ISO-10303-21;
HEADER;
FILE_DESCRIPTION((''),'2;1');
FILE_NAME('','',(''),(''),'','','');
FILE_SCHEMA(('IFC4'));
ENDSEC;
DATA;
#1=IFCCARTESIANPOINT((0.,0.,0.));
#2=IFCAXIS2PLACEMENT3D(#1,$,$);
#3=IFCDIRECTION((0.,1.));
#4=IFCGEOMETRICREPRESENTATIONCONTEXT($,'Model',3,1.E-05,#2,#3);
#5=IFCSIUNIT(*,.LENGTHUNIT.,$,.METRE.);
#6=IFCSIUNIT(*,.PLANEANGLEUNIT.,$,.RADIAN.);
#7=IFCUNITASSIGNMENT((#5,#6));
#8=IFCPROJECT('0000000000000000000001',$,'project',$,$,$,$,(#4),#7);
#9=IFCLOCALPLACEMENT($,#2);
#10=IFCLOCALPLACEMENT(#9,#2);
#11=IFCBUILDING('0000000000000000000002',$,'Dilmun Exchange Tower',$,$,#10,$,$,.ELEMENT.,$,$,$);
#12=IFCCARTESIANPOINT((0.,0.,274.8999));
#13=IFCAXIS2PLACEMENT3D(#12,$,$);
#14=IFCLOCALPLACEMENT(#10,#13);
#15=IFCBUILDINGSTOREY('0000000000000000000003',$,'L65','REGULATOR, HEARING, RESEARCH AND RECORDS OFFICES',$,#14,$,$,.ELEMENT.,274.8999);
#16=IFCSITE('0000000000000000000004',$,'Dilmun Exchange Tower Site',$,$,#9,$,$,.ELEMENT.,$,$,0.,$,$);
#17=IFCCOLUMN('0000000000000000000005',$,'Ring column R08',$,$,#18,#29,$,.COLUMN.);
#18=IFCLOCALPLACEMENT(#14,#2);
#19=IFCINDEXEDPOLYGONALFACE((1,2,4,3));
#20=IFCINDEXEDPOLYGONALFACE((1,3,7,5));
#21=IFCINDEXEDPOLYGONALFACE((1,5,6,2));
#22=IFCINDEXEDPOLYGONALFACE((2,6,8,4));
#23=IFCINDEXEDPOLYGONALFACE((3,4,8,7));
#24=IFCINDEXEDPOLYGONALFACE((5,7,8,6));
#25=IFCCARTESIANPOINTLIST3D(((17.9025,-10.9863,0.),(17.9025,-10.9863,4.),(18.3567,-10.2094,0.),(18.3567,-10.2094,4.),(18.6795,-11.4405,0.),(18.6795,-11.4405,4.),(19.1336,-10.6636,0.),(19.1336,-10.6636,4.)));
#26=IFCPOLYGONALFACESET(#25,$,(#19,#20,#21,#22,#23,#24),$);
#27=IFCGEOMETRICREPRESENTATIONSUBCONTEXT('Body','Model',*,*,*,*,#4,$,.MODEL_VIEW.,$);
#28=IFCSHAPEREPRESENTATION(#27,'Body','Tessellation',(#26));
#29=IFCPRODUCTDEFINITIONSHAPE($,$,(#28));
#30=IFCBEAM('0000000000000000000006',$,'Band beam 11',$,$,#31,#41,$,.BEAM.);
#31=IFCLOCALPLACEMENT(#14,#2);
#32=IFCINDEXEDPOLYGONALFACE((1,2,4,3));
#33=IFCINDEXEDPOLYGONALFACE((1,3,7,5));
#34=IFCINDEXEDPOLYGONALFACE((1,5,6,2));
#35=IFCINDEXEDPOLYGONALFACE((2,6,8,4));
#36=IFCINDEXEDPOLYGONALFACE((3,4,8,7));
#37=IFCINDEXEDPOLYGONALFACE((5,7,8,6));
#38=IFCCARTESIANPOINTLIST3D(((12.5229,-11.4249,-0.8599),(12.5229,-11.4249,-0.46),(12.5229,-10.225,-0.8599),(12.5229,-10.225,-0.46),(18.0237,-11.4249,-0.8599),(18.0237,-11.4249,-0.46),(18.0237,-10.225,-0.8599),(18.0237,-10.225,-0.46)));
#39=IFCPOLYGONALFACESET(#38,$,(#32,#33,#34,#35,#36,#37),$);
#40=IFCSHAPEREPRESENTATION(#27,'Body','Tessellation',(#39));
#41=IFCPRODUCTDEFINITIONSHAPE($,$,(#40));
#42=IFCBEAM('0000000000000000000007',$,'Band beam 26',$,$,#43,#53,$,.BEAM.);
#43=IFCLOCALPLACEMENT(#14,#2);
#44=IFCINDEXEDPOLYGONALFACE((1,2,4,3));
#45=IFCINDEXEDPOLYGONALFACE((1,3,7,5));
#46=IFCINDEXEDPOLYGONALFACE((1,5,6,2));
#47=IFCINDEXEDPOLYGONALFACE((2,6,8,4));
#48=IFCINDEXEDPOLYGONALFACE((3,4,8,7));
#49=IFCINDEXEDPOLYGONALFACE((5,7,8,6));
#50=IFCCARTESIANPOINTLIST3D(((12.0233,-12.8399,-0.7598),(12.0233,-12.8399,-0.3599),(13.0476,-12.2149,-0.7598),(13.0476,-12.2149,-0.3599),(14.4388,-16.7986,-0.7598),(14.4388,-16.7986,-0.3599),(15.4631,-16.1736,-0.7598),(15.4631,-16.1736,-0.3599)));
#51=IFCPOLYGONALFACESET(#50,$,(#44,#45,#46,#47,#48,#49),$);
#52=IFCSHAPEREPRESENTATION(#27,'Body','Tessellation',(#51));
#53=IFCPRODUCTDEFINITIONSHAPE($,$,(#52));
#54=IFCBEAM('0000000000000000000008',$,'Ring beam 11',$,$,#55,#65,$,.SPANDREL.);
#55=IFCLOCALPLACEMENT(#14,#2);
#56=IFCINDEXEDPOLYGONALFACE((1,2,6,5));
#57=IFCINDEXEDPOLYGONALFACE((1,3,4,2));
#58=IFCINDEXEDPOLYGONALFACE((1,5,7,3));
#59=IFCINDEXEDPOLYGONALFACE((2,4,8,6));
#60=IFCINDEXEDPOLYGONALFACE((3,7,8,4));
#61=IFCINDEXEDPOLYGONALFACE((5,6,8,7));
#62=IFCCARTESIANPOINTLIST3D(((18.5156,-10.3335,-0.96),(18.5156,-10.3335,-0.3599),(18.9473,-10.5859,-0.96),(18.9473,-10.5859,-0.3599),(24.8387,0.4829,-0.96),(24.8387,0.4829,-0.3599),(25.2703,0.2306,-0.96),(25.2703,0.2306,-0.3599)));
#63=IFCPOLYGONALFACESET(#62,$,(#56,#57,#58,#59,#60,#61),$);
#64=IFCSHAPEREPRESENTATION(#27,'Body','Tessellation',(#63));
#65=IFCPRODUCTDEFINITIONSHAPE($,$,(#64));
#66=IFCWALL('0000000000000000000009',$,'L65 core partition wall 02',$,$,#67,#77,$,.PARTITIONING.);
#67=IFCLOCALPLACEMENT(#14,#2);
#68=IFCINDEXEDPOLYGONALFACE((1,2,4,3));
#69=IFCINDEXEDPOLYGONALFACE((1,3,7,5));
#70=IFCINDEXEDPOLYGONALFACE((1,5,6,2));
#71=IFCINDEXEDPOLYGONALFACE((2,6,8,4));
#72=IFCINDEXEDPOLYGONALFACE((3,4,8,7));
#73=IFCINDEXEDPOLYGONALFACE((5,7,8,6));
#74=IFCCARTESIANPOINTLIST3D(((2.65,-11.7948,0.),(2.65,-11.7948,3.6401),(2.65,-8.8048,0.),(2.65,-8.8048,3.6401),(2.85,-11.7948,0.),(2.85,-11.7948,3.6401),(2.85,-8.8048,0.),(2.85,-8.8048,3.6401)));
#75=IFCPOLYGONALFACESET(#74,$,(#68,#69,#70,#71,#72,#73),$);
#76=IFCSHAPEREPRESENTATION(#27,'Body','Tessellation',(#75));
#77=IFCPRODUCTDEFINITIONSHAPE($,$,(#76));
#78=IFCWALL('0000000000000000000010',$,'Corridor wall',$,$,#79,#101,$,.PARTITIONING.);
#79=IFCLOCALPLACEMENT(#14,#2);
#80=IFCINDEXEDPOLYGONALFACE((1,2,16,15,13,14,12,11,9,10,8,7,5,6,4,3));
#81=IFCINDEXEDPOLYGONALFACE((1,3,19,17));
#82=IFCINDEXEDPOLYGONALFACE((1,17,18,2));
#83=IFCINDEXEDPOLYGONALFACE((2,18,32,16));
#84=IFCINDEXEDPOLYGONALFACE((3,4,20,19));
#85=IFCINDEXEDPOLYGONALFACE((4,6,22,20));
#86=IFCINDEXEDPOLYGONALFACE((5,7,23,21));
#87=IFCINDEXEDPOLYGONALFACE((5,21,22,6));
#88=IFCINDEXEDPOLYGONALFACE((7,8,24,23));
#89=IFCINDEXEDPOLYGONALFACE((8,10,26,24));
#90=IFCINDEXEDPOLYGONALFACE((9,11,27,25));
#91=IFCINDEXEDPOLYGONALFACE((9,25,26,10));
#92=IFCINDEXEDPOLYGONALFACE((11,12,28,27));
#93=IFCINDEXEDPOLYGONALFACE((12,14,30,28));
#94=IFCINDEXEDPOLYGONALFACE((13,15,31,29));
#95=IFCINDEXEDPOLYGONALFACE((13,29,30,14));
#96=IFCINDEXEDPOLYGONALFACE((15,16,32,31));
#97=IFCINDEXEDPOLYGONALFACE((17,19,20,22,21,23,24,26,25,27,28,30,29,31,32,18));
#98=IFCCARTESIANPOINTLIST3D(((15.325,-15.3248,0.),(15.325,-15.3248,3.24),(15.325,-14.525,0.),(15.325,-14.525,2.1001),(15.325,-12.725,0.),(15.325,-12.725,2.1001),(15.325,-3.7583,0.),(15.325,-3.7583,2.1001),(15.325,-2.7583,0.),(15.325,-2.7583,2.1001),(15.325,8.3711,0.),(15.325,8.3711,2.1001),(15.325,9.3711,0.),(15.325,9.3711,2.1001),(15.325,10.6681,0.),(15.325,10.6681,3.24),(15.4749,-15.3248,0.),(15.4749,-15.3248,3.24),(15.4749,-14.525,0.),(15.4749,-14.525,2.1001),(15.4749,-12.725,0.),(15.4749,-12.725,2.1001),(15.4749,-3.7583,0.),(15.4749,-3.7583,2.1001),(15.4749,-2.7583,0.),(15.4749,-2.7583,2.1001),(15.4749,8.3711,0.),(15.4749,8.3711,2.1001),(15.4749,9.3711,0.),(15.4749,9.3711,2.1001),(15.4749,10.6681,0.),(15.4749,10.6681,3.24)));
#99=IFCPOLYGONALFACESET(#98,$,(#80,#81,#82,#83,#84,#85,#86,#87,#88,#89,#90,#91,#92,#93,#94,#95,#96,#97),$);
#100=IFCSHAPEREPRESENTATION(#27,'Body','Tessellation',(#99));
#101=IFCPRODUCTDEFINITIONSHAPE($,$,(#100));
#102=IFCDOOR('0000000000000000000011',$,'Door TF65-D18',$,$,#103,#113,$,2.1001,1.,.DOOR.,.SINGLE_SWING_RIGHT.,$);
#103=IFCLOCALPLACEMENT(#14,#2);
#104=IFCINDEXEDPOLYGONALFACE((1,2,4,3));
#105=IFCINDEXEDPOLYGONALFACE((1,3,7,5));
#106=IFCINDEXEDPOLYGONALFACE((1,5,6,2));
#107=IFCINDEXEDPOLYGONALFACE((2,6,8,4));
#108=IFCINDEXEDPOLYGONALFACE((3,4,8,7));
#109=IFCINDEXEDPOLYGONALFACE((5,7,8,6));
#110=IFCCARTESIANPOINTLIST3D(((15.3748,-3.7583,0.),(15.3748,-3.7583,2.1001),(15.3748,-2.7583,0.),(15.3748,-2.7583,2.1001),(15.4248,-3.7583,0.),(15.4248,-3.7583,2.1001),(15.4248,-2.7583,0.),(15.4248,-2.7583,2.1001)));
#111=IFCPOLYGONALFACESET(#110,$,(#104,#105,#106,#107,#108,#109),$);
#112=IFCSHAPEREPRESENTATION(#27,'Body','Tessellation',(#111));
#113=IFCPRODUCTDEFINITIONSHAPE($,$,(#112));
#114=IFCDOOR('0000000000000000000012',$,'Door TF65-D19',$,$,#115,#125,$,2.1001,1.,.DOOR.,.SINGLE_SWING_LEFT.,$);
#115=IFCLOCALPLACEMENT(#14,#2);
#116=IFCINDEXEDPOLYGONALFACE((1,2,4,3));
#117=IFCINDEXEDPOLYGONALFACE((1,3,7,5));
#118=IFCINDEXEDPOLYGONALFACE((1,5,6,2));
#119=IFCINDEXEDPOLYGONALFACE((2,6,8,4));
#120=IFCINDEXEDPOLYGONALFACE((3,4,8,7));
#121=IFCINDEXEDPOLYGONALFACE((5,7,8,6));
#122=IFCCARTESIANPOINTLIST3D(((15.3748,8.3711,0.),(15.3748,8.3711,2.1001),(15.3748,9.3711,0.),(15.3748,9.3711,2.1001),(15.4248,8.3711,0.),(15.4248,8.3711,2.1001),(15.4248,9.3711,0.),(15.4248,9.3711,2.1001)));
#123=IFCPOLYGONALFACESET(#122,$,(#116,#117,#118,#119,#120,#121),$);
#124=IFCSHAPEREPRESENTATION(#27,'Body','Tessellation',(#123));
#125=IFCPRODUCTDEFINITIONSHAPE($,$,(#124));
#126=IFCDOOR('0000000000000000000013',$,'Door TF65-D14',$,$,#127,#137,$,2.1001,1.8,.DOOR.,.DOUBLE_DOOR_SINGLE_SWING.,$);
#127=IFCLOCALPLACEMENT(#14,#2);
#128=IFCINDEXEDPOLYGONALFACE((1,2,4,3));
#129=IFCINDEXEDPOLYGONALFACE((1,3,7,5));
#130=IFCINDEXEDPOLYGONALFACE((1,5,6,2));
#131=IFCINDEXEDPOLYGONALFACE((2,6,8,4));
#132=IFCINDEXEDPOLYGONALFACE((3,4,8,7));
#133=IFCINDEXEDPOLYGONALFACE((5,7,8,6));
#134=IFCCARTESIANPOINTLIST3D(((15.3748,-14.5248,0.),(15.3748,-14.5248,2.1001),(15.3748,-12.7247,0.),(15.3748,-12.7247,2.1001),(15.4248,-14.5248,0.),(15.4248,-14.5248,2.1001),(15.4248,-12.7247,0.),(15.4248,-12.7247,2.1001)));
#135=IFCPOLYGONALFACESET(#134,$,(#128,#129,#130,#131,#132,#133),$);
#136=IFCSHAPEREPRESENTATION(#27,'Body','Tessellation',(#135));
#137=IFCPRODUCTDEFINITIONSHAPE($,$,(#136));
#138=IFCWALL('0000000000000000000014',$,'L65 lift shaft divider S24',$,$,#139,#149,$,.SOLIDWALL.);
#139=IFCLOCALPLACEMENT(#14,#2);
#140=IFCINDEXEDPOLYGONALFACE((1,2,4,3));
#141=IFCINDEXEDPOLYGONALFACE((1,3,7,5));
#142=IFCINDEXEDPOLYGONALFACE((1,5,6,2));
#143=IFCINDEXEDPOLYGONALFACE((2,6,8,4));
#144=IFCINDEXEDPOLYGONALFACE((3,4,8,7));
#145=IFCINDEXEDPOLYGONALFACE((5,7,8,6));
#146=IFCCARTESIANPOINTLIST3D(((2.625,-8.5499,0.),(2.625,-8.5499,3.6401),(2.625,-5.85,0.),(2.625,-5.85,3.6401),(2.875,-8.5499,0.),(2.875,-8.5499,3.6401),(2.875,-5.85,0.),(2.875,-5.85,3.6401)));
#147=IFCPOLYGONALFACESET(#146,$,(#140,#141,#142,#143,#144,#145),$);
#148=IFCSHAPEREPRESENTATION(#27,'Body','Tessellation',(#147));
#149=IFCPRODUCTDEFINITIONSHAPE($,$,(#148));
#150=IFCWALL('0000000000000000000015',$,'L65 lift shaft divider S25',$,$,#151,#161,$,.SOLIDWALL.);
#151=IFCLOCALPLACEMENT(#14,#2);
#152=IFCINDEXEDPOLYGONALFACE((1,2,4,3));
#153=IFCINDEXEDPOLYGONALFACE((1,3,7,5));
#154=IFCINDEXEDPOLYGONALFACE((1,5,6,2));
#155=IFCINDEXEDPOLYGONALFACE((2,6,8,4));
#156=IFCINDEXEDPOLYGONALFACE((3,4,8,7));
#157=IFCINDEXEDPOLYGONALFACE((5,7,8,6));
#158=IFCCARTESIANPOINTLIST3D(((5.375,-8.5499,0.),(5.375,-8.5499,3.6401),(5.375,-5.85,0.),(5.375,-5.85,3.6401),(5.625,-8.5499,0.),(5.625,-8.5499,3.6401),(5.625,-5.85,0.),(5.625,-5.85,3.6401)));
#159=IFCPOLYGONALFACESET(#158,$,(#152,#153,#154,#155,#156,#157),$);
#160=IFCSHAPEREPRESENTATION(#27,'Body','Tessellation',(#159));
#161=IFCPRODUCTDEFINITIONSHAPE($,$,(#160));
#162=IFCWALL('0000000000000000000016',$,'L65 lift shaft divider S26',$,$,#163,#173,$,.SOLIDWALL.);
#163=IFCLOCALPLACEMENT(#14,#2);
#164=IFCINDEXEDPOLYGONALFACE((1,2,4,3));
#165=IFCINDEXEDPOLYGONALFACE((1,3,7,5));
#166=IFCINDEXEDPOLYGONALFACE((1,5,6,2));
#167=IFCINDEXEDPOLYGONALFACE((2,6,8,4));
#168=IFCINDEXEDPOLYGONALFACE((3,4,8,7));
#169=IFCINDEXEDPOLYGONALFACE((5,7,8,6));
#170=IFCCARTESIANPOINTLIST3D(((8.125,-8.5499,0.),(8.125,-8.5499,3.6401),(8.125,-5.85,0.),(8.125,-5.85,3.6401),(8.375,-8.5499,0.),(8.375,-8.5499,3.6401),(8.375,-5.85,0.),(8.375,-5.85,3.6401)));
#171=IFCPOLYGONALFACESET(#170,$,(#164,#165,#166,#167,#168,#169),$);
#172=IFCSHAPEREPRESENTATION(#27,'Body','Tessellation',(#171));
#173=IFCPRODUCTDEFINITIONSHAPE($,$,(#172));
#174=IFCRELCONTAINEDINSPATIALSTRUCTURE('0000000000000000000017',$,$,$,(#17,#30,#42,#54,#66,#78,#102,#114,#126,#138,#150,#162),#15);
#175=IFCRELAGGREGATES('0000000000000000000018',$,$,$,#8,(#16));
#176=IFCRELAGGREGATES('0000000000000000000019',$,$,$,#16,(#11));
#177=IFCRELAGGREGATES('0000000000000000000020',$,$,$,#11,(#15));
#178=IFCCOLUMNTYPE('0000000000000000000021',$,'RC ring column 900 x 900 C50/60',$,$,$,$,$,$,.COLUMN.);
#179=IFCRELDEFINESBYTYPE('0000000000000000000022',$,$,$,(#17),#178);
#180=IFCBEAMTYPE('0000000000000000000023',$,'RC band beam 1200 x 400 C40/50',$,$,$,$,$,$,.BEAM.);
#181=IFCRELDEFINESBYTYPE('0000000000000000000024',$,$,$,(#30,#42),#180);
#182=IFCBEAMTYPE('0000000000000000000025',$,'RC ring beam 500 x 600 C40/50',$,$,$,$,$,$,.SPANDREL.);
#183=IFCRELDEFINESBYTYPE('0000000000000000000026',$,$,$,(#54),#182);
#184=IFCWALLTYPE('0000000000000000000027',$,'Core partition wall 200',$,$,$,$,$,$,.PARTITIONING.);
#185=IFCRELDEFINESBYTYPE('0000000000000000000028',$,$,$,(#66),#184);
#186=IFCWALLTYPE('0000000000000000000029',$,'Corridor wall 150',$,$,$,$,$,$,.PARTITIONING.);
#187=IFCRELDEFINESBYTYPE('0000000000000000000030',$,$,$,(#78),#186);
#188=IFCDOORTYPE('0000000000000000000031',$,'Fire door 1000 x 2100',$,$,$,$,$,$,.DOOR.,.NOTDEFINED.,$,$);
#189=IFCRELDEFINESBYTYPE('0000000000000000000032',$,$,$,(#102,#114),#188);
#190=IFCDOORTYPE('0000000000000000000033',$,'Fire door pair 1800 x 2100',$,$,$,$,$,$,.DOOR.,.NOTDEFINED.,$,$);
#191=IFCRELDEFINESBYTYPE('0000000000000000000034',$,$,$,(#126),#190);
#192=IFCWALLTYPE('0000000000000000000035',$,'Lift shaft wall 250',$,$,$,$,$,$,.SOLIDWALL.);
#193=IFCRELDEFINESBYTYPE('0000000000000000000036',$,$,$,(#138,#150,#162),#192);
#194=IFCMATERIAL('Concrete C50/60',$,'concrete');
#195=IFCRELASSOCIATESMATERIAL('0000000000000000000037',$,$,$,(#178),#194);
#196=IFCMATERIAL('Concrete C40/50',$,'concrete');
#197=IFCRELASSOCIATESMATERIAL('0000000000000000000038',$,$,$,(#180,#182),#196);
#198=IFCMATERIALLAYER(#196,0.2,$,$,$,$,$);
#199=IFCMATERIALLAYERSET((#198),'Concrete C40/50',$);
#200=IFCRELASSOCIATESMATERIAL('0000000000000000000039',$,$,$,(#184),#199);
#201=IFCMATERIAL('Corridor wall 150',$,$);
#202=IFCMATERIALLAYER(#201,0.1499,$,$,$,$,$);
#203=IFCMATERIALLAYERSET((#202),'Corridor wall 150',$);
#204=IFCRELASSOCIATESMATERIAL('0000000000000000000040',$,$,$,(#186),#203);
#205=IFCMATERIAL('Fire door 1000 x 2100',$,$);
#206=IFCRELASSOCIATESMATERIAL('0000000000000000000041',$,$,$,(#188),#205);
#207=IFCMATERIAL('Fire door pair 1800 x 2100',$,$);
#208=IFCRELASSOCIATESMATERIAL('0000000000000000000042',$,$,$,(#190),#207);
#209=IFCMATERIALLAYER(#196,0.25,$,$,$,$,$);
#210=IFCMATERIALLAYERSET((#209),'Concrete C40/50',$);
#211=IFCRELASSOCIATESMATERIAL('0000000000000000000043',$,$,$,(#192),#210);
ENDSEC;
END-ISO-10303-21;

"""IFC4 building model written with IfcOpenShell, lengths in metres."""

from ifc_helpers import new_model, si_unit, direction, frame, frame_2d, origin, origin_2d, place, context, subcontext, project, spatial, rectangle, extrude, material, layer, layer_set, material_profile, profile_set, type_object, element, fill, save


model = new_model("IFC4")

# Units and contexts
model_context = context("Model", 3, precision=1e-05, world=origin(), true_north=direction((0.0, 1.0)))
body_context = subcontext(model_context, "Body", "Model", "MODEL_VIEW")
ifc_project = project(units=[si_unit("LENGTHUNIT", "METRE"), si_unit("PLANEANGLEUNIT", "RADIAN")], contexts=[model_context])

# Site, building, storey
site_placement = place(None, origin())
site = spatial("IfcSite", under=ifc_project, at=site_placement, Name="Dilmun Exchange Tower Site", CompositionType="ELEMENT", RefElevation=0.0)
building_placement = place(site_placement, origin())
building = spatial("IfcBuilding", under=site, at=building_placement, Name="Dilmun Exchange Tower", CompositionType="ELEMENT")
storey_placement = place(building_placement, frame((0.0, 0.0, 274.8999)))
storey = spatial("IfcBuildingStorey", under=building, at=storey_placement, Name="L65", Description="REGULATOR, HEARING, RESEARCH AND RECORDS OFFICES", CompositionType="ELEMENT", Elevation=274.8999)

# Column
ifc_material_1 = material(Name="Concrete C50/60", Category="concrete")
ifc_material_profile_1 = material_profile(ifc_material_1, rectangle(XDim=0.8999, YDim=0.8999, at=origin_2d()), Name="900 x 900")
ifc_profile_set_1 = profile_set([ifc_material_profile_1], Name="Concrete C50/60")
column_type = type_object("IfcColumnType", Name="RC ring column 900 x 900 C50/60", PredefinedType="COLUMN", material=ifc_profile_set_1)
column_placement = place(storey_placement, frame((18.5181, -10.825, 0.0), z_axis=(0.0, 0.0, 1.0), x_axis=(0.504644, 0.863328, 0.0)))
element("IfcColumn", 1, at=column_placement, inside=storey, type_object=column_type, Name="Ring column R08", PredefinedType="COLUMN", context=body_context, shape_type="SweptSolid", body=[
    extrude(rectangle(XDim=0.8999, YDim=0.8999, at=origin_2d()), origin(), (0.0, 0.0, 1.0), 4.0),
])

# Beams
ifc_material_2 = material(Name="Concrete C40/50", Category="concrete")
ifc_material_profile_2 = material_profile(ifc_material_2, rectangle(XDim=1.2, YDim=0.3999, at=origin_2d()), Name="1200 x 400")
ifc_profile_set_2 = profile_set([ifc_material_profile_2], Name="Concrete C40/50")
beam_type_1 = type_object("IfcBeamType", Name="RC band beam 1200 x 400 C40/50", PredefinedType="BEAM", material=ifc_profile_set_2)
beam_1_placement = place(storey_placement, frame((18.0237, -10.825, -0.6599), z_axis=(-1.0, 0.0, 0.0), x_axis=(0.0, -1.0, 0.0)))
element("IfcBeam", 2, at=beam_1_placement, inside=storey, type_object=beam_type_1, Name="Band beam 11", PredefinedType="BEAM", context=body_context, shape_type="SweptSolid", body=[
    extrude(rectangle(XDim=1.2, YDim=0.3999, at=origin_2d()), origin(), (0.0, 0.0, 1.0), 5.5007),
])
beam_2_placement = place(storey_placement, frame((14.9509, -16.4861, -0.5598), z_axis=(-0.520869, 0.853637, 0.0), x_axis=(-0.853637, -0.520869, 0.0)))
element("IfcBeam", 3, at=beam_2_placement, inside=storey, type_object=beam_type_1, Name="Band beam 26", PredefinedType="BEAM", context=body_context, shape_type="SweptSolid", body=[
    extrude(rectangle(XDim=1.2, YDim=0.3999, at=origin_2d()), origin(), (0.0, 0.0, 1.0), 4.6375),
])
ifc_material_profile_3 = material_profile(ifc_material_2, rectangle(XDim=0.5, YDim=0.6001, at=origin_2d()), Name="500 x 600")
ifc_profile_set_3 = profile_set([ifc_material_profile_3], Name="Concrete C40/50")
beam_type_2 = type_object("IfcBeamType", Name="RC ring beam 500 x 600 C40/50", PredefinedType="SPANDREL", material=ifc_profile_set_3)
beam_3_placement = place(storey_placement, frame((18.7314, -10.4597, -0.6599), z_axis=(0.50467, 0.863312, 0.0), x_axis=(-0.863312, 0.50467, 0.0)))
element("IfcBeam", 4, at=beam_3_placement, inside=storey, type_object=beam_type_2, Name="Ring beam 11", PredefinedType="SPANDREL", context=body_context, shape_type="SweptSolid", body=[
    extrude(rectangle(XDim=0.5, YDim=0.6001, at=origin_2d()), origin(), (0.0, 0.0, 1.0), 12.5291),
])

# Wall
ifc_layer_1 = layer(ifc_material_2, 0.2)
ifc_layer_set_1 = layer_set([ifc_layer_1], Name="Concrete C40/50")
wall_type_1 = type_object("IfcWallType", Name="Core partition wall 200", PredefinedType="PARTITIONING", material=ifc_layer_set_1)
wall_1_placement = place(storey_placement, frame((2.75, -11.7949, 0.0), z_axis=(0.0, 0.0, 1.0), x_axis=(0.0, 1.0, 0.0)))
element("IfcWall", 5, at=wall_1_placement, inside=storey, type_object=wall_type_1, Name="L65 core partition wall 02", PredefinedType="PARTITIONING", context=body_context, shape_type="SweptSolid", body=[
    extrude(rectangle(XDim=2.99, YDim=0.2, at=frame_2d((1.4951, 0.0))), origin(), (0.0, 0.0, 1.0), 3.6401),
])

# Wall, openings, doors
ifc_material_3 = material(Name="Corridor wall 150")
ifc_layer_2 = layer(ifc_material_3, 0.1499)
ifc_layer_set_2 = layer_set([ifc_layer_2], Name="Corridor wall 150")
wall_type_2 = type_object("IfcWallType", Name="Corridor wall 150", PredefinedType="PARTITIONING", material=ifc_layer_set_2)
wall_2_placement = place(storey_placement, frame((15.3999, -15.325, 0.0), z_axis=(0.0, 0.0, 1.0), x_axis=(0.0, 1.0, 0.0)))
wall_2 = element("IfcWall", 6, at=wall_2_placement, inside=storey, type_object=wall_type_2, Name="Corridor wall", PredefinedType="PARTITIONING", context=body_context, shape_type="SweptSolid", body=[
    extrude(rectangle(XDim=25.9929, YDim=0.1499, at=frame_2d((12.9966, 0.0))), origin(), (0.0, 0.0, 1.0), 3.24),
])
opening_1_placement = place(wall_2_placement, frame((0.8, 0.0, 0.0)))
opening_1 = element("IfcOpeningElement", 7, at=opening_1_placement, cuts=wall_2, PredefinedType="OPENING", context=body_context, shape_type="SweptSolid", body=[
    extrude(rectangle(XDim=1.8, YDim=2.1001, at=frame_2d((0.8999, 1.05))), frame((0.0, 0.085, 0.0), z_axis=(0.0, -1.0, 0.0), x_axis=(1.0, 0.0, 0.0)), (0.0, 0.0, 1.0), 0.1699),
])
opening_2_placement = place(wall_2_placement, frame((11.5667, 0.0, 0.0)))
opening_2 = element("IfcOpeningElement", 8, at=opening_2_placement, cuts=wall_2, PredefinedType="OPENING", context=body_context, shape_type="SweptSolid", body=[
    extrude(rectangle(XDim=1.0, YDim=2.1001, at=frame_2d((0.5, 1.05))), frame((0.0, 0.085, 0.0), z_axis=(0.0, -1.0, 0.0), x_axis=(1.0, 0.0, 0.0)), (0.0, 0.0, 1.0), 0.1699),
])
opening_3_placement = place(wall_2_placement, frame((23.696, 0.0, 0.0)))
opening_3 = element("IfcOpeningElement", 9, at=opening_3_placement, cuts=wall_2, PredefinedType="OPENING", context=body_context, shape_type="SweptSolid", body=[
    extrude(rectangle(XDim=1.0, YDim=2.1001, at=frame_2d((0.5, 1.05))), frame((0.0, 0.085, 0.0), z_axis=(0.0, -1.0, 0.0), x_axis=(1.0, 0.0, 0.0)), (0.0, 0.0, 1.0), 0.1699),
])
ifc_material_4 = material(Name="Fire door 1000 x 2100")
door_type_1 = type_object("IfcDoorType", Name="Fire door 1000 x 2100", OperationType="NOTDEFINED", PredefinedType="DOOR", material=ifc_material_4)
door_1_placement = place(opening_2_placement, frame((1.0, 0.0, 0.0), z_axis=(0.0, 0.0, 1.0), x_axis=(-1.0, 0.0, 0.0)))
door_1 = element("IfcDoor", 10, at=door_1_placement, inside=storey, type_object=door_type_1, Name="Door TF65-D18", OperationType="SINGLE_SWING_RIGHT", OverallHeight=2.1001, OverallWidth=1.0, PredefinedType="DOOR", context=body_context, shape_type="SweptSolid", body=[
    extrude(rectangle(XDim=1.0, YDim=2.1001, at=frame_2d((0.5, 1.05))), frame((0.0, 0.0249, 0.0), z_axis=(0.0, -1.0, 0.0), x_axis=(1.0, 0.0, 0.0)), (0.0, 0.0, 1.0), 0.05),
])
fill(opening_2, door_1)
door_2_placement = place(opening_3_placement, frame((1.0, 0.0, 0.0), z_axis=(0.0, 0.0, 1.0), x_axis=(-1.0, 0.0, 0.0)))
door_2 = element("IfcDoor", 11, at=door_2_placement, inside=storey, type_object=door_type_1, Name="Door TF65-D19", OperationType="SINGLE_SWING_LEFT", OverallHeight=2.1001, OverallWidth=1.0, PredefinedType="DOOR", context=body_context, shape_type="SweptSolid", body=[
    extrude(rectangle(XDim=1.0, YDim=2.1001, at=frame_2d((0.5, 1.05))), frame((0.0, 0.0249, 0.0), z_axis=(0.0, -1.0, 0.0), x_axis=(1.0, 0.0, 0.0)), (0.0, 0.0, 1.0), 0.05),
])
fill(opening_3, door_2)
ifc_material_5 = material(Name="Fire door pair 1800 x 2100")
door_type_2 = type_object("IfcDoorType", Name="Fire door pair 1800 x 2100", OperationType="NOTDEFINED", PredefinedType="DOOR", material=ifc_material_5)
door_3_placement = place(opening_1_placement, frame((1.8, 0.0, 0.0), z_axis=(0.0, 0.0, 1.0), x_axis=(-1.0, 0.0, 0.0)))
door_3 = element("IfcDoor", 12, at=door_3_placement, inside=storey, type_object=door_type_2, Name="Door TF65-D14", OperationType="DOUBLE_DOOR_SINGLE_SWING", OverallHeight=2.1001, OverallWidth=1.8, PredefinedType="DOOR", context=body_context, shape_type="SweptSolid", body=[
    extrude(rectangle(XDim=1.8, YDim=2.1001, at=frame_2d((0.8999, 1.05))), frame((0.0, 0.0249, 0.0), z_axis=(0.0, -1.0, 0.0), x_axis=(1.0, 0.0, 0.0)), (0.0, 0.0, 1.0), 0.05),
])
fill(opening_1, door_3)

# Walls
ifc_layer_3 = layer(ifc_material_2, 0.25)
ifc_layer_set_3 = layer_set([ifc_layer_3], Name="Concrete C40/50")
wall_type_3 = type_object("IfcWallType", Name="Lift shaft wall 250", PredefinedType="SOLIDWALL", material=ifc_layer_set_3)
for number, where, z_axis, x_axis, name in (
    (13, (2.75, -8.55, 0.0), (0.0, 0.0, 1.0), (0.0, 1.0, 0.0), "L65 lift shaft divider S24"),
    (14, (5.5, -8.55, 0.0), (0.0, 0.0, 1.0), (0.0, 1.0, 0.0), "L65 lift shaft divider S25"),
    (15, (8.25, -8.55, 0.0), (0.0, 0.0, 1.0), (0.0, 1.0, 0.0), "L65 lift shaft divider S26"),
):
    element("IfcWall", number, at=place(storey_placement, frame(where, z_axis=z_axis, x_axis=x_axis)), inside=storey, type_object=wall_type_3, Name=name, PredefinedType="SOLIDWALL", context=body_context, shape_type="SweptSolid", body=[
        extrude(rectangle(XDim=2.7, YDim=0.25, at=frame_2d((1.3501, 0.0))), origin(), (0.0, 0.0, 1.0), 3.6401),
    ])

save(model, "model.ifc")
